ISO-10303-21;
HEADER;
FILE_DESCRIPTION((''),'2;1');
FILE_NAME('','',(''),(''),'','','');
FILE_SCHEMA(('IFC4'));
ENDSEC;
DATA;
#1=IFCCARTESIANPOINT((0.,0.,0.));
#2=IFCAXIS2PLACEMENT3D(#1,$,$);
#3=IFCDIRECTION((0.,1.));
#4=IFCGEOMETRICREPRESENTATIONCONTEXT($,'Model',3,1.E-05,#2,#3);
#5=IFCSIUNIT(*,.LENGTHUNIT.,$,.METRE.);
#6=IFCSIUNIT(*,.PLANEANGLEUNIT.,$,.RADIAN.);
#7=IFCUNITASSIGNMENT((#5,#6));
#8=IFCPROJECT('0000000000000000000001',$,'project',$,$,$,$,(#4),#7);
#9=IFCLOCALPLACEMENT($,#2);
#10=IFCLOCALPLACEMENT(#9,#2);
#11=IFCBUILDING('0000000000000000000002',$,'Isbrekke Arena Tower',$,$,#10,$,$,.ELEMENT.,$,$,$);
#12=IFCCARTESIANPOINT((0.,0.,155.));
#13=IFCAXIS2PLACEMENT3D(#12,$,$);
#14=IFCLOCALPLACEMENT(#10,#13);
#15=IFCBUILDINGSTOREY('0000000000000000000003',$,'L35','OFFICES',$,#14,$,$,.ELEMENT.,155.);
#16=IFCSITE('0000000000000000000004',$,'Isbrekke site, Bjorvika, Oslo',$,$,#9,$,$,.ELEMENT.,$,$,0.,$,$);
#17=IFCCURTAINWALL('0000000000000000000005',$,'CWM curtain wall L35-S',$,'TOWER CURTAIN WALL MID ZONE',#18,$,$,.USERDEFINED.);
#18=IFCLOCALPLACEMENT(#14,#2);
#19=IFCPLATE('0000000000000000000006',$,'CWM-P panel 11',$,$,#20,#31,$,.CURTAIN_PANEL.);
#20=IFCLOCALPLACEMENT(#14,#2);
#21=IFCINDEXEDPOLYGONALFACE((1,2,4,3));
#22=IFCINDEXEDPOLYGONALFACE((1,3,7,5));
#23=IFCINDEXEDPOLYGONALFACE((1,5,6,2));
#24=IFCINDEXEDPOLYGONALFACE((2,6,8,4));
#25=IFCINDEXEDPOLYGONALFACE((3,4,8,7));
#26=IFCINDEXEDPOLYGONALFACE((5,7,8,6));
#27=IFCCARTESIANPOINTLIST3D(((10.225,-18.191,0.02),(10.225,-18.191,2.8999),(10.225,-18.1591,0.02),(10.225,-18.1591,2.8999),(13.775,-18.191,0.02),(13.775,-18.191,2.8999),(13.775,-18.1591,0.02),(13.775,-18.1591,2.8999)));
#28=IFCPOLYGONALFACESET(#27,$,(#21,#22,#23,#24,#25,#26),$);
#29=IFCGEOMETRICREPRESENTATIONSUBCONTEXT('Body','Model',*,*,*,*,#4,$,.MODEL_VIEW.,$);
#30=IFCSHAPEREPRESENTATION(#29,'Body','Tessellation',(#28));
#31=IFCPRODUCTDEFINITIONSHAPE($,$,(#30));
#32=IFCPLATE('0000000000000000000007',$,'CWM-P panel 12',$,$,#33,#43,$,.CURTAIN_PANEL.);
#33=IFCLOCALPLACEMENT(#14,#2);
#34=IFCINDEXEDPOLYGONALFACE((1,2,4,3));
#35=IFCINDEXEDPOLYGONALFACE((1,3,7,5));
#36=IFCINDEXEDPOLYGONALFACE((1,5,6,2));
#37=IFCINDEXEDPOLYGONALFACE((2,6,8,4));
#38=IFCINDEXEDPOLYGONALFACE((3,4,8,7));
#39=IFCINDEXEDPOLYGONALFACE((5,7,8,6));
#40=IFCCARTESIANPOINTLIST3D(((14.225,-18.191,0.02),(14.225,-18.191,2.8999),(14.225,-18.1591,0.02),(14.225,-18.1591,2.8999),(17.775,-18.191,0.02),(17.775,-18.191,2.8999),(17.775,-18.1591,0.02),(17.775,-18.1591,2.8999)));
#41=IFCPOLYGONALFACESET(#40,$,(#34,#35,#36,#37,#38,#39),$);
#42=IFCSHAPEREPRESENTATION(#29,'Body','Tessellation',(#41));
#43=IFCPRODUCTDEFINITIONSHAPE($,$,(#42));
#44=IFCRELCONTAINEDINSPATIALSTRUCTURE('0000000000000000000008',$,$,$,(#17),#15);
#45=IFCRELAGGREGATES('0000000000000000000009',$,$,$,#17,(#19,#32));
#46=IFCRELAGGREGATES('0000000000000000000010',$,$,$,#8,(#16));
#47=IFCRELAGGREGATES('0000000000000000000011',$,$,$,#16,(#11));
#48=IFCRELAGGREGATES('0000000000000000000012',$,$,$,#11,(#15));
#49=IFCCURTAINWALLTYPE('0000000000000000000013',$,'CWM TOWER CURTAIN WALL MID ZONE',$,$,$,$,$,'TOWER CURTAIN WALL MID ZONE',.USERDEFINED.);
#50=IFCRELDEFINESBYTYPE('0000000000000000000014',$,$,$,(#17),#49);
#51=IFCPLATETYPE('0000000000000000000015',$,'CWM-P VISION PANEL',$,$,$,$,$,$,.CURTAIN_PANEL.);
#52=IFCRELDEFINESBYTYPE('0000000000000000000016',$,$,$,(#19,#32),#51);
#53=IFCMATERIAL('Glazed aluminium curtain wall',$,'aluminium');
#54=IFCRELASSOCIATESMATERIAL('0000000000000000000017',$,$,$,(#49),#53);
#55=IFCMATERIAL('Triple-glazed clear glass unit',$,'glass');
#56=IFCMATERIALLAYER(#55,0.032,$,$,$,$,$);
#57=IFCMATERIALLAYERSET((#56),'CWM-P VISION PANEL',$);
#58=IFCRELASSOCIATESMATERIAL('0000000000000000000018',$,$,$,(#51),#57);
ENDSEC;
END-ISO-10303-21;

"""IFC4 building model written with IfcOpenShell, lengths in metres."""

from ifc_helpers import new_model, si_unit, direction, frame, origin, origin_2d, place, context, subcontext, project, spatial, rectangle, extrude, material, layer, layer_set, type_object, element, aggregate, save


model = new_model("IFC4")

# Units and contexts
model_context = context("Model", 3, precision=1e-05, world=origin(), true_north=direction((0.0, 1.0)))
body_context = subcontext(model_context, "Body", "Model", "MODEL_VIEW")
ifc_project = project(units=[si_unit("LENGTHUNIT", "METRE"), si_unit("PLANEANGLEUNIT", "RADIAN")], contexts=[model_context])

# Site, building, storey
site_placement = place(None, origin())
site = spatial("IfcSite", under=ifc_project, at=site_placement, Name="Isbrekke site, Bjorvika, Oslo", CompositionType="ELEMENT", RefElevation=0.0)
building_placement = place(site_placement, origin())
building = spatial("IfcBuilding", under=site, at=building_placement, Name="Isbrekke Arena Tower", CompositionType="ELEMENT")
storey_placement = place(building_placement, frame((0.0, 0.0, 155.0)))
storey = spatial("IfcBuildingStorey", under=building, at=storey_placement, Name="L35", Description="OFFICES", CompositionType="ELEMENT", Elevation=155.0)

# Curtain wall
ifc_material_1 = material(Name="Glazed aluminium curtain wall", Category="aluminium")
curtain_wall_type = type_object("IfcCurtainWallType", Name="CWM TOWER CURTAIN WALL MID ZONE", ElementType="TOWER CURTAIN WALL MID ZONE", PredefinedType="USERDEFINED", material=ifc_material_1)
curtain_wall_placement = place(storey_placement, origin())
curtain_wall = element("IfcCurtainWall", 1, at=curtain_wall_placement, inside=storey, type_object=curtain_wall_type, Name="CWM curtain wall L35-S", ObjectType="TOWER CURTAIN WALL MID ZONE", PredefinedType="USERDEFINED")

# Plates
ifc_material_2 = material(Name="Triple-glazed clear glass unit", Category="glass")
ifc_layer = layer(ifc_material_2, 0.032)
ifc_layer_set = layer_set([ifc_layer], Name="CWM-P VISION PANEL")
plate_type = type_object("IfcPlateType", Name="CWM-P VISION PANEL", PredefinedType="CURTAIN_PANEL", material=ifc_layer_set)
plate_1_placement = place(storey_placement, frame((12.0, -18.175, 0.02), z_axis=(0.0, 0.0, 1.0), x_axis=(1.0, 0.0, 0.0)))
plate_1 = element("IfcPlate", 2, at=plate_1_placement, type_object=plate_type, Name="CWM-P panel 11", PredefinedType="CURTAIN_PANEL", context=body_context, shape_type="SweptSolid", body=[
    extrude(rectangle(XDim=3.55, YDim=0.032, at=origin_2d()), origin(), (0.0, 0.0, 1.0), 2.8799),
])
plate_2_placement = place(storey_placement, frame((16.0, -18.175, 0.02), z_axis=(0.0, 0.0, 1.0), x_axis=(1.0, 0.0, 0.0)))
plate_2 = element("IfcPlate", 3, at=plate_2_placement, type_object=plate_type, Name="CWM-P panel 12", PredefinedType="CURTAIN_PANEL", context=body_context, shape_type="SweptSolid", body=[
    extrude(rectangle(XDim=3.55, YDim=0.032, at=origin_2d()), origin(), (0.0, 0.0, 1.0), 2.8799),
])
aggregate(curtain_wall, [plate_1, plate_2])

save(model, "model.ifc")
